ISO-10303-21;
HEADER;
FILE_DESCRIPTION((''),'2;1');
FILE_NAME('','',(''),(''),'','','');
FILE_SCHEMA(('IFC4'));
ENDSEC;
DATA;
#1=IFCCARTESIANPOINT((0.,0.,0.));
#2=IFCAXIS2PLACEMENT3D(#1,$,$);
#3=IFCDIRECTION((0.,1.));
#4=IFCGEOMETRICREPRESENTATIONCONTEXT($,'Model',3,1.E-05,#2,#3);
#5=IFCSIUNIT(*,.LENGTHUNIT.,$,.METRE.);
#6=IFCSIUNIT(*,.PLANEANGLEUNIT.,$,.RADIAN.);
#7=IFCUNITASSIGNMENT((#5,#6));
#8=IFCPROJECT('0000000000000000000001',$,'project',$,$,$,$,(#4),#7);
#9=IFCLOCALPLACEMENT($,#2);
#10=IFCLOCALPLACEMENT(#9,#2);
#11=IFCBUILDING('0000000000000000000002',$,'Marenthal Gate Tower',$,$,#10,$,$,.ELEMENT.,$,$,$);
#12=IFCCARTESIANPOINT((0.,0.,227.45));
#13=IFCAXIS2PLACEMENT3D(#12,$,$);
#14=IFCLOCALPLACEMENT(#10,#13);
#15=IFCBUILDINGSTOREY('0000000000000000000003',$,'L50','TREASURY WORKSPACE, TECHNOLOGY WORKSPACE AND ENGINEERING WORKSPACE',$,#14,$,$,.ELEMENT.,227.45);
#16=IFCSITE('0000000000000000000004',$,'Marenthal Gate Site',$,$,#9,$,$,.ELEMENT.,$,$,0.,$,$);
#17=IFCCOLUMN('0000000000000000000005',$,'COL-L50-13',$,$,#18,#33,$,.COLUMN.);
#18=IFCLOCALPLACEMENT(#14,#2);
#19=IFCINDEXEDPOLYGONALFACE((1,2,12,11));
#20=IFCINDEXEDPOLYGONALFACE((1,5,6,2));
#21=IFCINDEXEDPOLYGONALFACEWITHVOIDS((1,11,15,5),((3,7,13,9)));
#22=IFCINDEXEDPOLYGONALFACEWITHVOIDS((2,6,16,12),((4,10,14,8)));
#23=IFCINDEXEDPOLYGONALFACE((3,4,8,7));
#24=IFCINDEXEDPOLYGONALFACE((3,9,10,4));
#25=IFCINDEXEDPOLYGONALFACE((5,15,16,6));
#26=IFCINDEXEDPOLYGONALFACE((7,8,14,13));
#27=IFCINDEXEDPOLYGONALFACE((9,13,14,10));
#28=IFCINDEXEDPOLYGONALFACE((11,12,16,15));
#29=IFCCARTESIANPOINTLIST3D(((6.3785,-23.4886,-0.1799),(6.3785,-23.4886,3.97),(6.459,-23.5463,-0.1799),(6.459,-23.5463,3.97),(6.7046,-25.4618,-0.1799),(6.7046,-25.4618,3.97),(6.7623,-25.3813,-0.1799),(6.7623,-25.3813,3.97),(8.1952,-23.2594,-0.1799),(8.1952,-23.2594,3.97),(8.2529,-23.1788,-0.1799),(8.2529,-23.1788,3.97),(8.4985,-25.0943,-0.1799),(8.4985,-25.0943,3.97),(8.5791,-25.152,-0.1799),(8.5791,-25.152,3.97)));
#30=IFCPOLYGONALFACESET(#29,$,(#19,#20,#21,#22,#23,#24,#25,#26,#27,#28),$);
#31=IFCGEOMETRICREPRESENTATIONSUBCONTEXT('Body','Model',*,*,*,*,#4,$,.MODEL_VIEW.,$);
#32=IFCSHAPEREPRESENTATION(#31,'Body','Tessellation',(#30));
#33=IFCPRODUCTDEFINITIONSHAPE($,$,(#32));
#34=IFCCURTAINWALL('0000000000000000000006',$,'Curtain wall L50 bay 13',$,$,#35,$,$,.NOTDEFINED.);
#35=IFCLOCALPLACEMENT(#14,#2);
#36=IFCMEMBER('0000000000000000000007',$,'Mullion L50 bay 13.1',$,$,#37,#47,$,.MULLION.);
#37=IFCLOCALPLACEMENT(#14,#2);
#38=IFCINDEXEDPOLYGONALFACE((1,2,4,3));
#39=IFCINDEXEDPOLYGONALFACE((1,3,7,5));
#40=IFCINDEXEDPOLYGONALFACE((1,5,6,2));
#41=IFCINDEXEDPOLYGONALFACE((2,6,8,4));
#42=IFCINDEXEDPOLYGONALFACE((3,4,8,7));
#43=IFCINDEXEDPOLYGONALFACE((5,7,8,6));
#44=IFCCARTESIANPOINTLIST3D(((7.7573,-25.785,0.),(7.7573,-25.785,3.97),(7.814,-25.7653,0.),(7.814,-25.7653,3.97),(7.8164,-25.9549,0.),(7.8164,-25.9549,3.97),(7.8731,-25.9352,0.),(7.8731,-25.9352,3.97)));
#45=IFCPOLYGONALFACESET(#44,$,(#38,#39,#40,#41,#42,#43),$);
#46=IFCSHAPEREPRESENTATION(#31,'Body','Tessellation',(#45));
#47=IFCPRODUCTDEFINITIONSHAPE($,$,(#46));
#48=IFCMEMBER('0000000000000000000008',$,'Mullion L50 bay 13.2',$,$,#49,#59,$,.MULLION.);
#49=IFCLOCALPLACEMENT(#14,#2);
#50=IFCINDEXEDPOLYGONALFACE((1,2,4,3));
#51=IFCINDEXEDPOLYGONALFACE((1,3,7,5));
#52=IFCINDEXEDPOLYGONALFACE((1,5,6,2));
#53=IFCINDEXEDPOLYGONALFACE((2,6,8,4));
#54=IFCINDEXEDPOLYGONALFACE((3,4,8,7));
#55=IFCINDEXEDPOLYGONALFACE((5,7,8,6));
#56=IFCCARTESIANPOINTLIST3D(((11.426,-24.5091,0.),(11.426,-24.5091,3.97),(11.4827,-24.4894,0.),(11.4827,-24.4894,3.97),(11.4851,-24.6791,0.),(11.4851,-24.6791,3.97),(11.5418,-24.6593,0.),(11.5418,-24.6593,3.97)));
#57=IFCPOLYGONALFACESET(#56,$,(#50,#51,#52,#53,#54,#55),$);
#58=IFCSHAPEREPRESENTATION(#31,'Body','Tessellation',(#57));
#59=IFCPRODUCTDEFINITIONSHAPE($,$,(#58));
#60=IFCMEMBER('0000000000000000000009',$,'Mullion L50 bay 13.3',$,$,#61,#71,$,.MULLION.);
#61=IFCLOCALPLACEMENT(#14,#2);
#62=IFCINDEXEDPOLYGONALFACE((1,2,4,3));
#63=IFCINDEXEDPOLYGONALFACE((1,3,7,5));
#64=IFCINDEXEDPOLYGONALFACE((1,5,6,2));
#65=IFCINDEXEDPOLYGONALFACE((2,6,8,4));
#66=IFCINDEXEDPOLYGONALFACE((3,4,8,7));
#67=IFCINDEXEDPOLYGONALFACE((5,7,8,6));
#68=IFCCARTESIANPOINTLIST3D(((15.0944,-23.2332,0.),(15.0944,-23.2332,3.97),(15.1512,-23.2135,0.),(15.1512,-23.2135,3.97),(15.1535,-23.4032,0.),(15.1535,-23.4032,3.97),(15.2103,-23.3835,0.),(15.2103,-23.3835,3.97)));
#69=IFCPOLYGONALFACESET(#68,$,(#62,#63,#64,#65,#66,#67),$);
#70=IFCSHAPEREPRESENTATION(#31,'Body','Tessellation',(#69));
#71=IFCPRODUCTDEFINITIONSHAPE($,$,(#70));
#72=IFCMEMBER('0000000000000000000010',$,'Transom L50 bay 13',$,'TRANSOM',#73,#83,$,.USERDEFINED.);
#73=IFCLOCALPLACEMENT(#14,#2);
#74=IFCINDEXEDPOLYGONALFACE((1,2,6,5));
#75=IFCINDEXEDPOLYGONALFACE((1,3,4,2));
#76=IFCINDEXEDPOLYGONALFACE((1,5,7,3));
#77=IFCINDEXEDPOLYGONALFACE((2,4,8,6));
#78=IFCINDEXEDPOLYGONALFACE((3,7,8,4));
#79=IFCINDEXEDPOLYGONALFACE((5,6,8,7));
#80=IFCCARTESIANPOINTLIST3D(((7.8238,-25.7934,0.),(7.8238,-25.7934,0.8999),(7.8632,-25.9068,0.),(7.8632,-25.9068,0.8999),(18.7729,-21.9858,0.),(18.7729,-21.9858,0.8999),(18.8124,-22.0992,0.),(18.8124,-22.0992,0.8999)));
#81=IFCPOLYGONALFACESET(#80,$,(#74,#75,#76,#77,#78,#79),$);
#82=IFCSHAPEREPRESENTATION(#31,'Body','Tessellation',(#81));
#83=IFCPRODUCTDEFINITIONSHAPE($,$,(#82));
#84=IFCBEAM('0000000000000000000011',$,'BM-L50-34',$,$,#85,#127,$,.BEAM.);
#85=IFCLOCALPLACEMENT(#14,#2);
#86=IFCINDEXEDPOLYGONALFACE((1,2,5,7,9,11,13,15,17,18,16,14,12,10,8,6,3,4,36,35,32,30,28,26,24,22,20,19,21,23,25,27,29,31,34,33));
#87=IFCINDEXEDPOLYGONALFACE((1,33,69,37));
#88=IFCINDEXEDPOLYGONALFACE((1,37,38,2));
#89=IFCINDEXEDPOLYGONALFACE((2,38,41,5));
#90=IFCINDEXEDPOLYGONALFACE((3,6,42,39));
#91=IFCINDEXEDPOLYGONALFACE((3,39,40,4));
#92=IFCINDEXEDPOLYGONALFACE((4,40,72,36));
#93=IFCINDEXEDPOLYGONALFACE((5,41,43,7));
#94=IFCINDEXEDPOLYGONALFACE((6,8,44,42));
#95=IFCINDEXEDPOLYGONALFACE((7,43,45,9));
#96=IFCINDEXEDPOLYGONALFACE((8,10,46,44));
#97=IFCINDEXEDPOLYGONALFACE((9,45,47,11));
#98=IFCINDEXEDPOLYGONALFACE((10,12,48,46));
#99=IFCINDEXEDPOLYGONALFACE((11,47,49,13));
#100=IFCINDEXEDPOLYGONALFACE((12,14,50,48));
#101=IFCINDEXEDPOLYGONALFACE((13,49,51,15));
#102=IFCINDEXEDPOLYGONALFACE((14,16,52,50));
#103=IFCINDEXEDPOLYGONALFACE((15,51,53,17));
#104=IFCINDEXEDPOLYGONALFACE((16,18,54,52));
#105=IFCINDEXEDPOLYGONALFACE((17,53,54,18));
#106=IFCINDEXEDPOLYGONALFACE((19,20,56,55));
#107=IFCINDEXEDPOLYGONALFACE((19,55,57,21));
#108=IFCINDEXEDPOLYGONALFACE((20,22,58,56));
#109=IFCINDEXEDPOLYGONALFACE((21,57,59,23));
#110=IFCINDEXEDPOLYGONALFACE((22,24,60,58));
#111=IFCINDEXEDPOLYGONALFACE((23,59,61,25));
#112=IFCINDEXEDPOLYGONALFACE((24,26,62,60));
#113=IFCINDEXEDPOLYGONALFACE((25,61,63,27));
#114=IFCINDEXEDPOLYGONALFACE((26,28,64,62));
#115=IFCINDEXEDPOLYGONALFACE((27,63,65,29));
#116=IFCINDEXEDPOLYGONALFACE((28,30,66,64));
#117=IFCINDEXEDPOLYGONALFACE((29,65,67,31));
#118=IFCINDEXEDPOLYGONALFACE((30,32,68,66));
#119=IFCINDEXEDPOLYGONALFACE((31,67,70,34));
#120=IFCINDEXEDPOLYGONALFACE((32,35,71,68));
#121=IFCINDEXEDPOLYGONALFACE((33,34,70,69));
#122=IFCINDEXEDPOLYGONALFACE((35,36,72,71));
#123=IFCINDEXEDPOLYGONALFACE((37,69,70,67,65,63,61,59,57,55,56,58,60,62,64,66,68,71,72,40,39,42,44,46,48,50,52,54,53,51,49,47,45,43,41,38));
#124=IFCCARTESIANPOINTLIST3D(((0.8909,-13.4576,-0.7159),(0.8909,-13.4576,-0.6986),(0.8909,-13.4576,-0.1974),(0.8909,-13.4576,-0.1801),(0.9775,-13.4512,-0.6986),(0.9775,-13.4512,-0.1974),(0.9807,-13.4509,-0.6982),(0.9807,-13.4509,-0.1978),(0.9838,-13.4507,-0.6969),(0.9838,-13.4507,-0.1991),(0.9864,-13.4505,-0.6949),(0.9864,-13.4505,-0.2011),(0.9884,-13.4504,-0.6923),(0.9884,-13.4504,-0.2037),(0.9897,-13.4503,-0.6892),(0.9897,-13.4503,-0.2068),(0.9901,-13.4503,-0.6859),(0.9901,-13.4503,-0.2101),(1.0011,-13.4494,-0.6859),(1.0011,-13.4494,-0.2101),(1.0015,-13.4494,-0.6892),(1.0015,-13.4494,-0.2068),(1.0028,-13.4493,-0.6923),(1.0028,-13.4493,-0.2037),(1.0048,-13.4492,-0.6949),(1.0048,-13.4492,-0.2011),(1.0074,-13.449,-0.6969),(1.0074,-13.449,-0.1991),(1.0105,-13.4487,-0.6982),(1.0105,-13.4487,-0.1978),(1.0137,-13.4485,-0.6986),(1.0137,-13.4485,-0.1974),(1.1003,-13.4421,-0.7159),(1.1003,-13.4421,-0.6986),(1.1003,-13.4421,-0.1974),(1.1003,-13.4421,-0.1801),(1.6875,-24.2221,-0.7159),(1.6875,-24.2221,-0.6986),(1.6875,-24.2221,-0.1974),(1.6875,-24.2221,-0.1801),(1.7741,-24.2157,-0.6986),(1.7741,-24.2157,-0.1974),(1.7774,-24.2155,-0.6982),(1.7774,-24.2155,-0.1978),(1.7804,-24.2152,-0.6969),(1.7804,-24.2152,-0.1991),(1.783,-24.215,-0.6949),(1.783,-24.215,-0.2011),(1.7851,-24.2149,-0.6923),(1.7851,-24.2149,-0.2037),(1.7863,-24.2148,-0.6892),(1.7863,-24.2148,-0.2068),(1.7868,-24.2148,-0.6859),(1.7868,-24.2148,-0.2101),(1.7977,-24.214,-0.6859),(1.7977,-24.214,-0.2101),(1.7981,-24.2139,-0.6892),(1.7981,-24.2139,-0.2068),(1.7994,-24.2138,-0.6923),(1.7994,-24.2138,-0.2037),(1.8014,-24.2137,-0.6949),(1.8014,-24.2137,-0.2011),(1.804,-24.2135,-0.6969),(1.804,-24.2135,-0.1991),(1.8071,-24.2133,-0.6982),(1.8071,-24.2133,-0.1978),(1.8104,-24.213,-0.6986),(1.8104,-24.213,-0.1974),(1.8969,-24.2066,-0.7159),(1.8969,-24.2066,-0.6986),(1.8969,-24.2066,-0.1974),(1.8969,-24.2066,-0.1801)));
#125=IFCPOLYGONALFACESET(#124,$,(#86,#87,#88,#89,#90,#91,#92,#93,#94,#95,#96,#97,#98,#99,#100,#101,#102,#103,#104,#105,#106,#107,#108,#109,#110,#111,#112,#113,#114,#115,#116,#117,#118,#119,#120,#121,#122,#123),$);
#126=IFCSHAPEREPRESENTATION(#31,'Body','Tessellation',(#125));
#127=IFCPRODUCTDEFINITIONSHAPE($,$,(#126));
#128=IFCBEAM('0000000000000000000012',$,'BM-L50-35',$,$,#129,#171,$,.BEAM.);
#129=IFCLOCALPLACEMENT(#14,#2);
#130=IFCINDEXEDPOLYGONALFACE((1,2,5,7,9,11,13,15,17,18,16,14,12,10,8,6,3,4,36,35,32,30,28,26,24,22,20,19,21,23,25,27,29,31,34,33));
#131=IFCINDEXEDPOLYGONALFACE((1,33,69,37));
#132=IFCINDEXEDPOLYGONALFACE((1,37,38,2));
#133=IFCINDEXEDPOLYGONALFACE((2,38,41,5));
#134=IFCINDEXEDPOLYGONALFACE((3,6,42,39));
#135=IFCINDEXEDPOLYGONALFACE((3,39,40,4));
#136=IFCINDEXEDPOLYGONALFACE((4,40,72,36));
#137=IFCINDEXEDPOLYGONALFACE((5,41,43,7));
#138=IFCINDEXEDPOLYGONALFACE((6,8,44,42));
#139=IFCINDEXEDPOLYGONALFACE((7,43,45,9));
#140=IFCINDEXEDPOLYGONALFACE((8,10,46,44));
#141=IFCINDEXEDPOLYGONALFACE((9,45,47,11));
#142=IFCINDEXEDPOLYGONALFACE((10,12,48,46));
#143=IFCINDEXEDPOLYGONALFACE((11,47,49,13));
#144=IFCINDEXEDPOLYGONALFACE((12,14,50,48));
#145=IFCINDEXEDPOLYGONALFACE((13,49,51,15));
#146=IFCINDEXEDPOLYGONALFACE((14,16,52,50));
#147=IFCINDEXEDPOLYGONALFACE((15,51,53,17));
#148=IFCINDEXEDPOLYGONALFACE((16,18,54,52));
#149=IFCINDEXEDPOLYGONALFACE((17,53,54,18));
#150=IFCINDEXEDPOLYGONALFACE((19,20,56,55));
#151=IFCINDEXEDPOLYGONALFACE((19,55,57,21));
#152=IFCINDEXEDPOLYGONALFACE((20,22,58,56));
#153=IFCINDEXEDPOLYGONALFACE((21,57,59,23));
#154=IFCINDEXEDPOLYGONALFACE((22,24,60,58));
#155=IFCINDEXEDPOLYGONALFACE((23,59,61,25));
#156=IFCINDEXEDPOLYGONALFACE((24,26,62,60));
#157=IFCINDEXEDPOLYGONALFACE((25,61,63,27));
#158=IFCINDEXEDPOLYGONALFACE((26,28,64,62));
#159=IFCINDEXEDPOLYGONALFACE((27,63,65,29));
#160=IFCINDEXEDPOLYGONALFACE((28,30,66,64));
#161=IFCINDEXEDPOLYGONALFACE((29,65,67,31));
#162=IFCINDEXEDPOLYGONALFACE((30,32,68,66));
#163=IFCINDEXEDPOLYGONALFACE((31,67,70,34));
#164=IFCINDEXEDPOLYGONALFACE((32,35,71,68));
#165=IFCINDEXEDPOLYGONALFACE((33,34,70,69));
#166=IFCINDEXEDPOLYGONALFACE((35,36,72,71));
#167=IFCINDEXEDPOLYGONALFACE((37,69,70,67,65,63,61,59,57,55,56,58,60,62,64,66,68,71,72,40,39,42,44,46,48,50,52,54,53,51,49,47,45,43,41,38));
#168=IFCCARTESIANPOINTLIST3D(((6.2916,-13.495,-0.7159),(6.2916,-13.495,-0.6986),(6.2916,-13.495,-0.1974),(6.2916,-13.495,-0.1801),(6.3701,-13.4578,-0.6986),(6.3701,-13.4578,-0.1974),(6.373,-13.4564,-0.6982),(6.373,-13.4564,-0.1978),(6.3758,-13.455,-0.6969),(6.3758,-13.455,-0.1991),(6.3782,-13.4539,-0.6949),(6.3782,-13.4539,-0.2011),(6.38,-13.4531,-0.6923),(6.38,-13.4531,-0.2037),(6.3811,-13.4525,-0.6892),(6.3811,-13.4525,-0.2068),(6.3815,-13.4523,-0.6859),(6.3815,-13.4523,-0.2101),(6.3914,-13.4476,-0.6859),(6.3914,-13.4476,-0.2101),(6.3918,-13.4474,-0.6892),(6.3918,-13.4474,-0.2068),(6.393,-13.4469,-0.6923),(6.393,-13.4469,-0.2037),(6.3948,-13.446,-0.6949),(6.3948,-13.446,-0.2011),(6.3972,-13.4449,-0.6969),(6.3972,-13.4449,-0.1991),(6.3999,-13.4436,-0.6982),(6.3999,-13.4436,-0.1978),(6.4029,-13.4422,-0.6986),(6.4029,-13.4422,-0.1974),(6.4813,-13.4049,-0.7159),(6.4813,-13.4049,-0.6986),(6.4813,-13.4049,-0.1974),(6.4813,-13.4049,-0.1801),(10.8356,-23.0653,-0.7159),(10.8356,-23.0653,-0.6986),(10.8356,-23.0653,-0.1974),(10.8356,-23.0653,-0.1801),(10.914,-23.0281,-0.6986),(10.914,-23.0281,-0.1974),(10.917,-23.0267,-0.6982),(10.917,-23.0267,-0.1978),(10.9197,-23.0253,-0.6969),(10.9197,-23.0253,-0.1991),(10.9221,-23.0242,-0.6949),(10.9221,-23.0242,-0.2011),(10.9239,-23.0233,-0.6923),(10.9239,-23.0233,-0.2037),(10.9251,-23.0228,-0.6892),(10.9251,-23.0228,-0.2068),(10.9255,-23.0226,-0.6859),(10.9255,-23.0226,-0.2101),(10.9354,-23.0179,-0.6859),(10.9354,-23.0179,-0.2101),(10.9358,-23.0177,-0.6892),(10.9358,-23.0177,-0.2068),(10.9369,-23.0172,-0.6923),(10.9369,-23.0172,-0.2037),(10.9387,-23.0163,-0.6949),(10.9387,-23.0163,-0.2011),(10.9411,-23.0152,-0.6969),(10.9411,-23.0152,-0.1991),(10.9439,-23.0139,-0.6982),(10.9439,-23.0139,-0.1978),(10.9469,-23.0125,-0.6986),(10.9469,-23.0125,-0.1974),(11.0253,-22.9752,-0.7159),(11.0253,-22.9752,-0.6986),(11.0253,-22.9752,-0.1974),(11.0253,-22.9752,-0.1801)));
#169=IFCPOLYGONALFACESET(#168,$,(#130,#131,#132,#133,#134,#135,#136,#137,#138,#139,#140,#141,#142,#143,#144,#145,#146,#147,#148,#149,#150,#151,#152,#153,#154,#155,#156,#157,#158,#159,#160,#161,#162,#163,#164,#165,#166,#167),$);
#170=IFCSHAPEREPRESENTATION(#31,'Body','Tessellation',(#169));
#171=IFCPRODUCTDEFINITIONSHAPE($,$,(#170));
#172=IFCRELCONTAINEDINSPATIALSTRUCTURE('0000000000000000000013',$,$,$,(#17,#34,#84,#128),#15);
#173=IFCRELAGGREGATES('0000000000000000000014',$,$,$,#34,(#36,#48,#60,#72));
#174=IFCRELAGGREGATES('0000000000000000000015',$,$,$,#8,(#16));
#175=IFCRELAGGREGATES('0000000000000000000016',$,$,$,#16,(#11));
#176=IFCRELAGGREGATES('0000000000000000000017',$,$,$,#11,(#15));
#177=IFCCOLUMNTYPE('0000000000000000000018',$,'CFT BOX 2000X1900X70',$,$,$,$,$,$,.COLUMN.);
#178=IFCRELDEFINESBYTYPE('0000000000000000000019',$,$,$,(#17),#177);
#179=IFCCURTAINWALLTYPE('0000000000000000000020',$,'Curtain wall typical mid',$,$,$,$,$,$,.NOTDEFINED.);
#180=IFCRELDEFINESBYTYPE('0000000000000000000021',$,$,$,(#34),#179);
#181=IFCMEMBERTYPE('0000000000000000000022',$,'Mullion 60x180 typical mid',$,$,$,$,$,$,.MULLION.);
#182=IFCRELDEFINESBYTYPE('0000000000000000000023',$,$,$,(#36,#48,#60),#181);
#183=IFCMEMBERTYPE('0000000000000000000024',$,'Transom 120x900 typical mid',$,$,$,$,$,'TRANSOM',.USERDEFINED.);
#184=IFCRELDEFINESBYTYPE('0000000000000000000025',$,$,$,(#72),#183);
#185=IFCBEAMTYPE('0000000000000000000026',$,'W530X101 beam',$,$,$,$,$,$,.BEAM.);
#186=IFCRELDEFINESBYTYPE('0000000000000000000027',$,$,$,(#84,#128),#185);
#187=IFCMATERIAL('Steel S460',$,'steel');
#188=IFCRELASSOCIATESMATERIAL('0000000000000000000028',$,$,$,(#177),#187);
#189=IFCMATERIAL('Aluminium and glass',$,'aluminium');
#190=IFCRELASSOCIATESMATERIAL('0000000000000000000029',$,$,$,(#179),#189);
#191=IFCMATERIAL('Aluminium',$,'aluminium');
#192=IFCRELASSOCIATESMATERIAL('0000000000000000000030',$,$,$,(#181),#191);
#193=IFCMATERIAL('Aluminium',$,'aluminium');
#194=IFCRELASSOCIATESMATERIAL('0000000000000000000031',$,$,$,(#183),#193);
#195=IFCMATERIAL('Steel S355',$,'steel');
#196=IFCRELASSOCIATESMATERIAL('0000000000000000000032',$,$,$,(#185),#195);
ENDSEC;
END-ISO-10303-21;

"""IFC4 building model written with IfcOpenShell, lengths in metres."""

from ifc_helpers import new_model, si_unit, direction, frame, origin, origin_2d, place, context, subcontext, project, spatial, rectangle, hollow_rectangle, i_section, extrude, material, material_profile, profile_set, type_object, element, aggregate, save


model = new_model("IFC4")

# Units and contexts
model_context = context("Model", 3, precision=1e-05, world=origin(), true_north=direction((0.0, 1.0)))
body_context = subcontext(model_context, "Body", "Model", "MODEL_VIEW")
ifc_project = project(units=[si_unit("LENGTHUNIT", "METRE"), si_unit("PLANEANGLEUNIT", "RADIAN")], contexts=[model_context])

# Site, building, storey
site_placement = place(None, origin())
site = spatial("IfcSite", under=ifc_project, at=site_placement, Name="Marenthal Gate Site", CompositionType="ELEMENT", RefElevation=0.0)
building_placement = place(site_placement, origin())
building = spatial("IfcBuilding", under=site, at=building_placement, Name="Marenthal Gate Tower", CompositionType="ELEMENT")
storey_placement = place(building_placement, frame((0.0, 0.0, 227.45)))
storey = spatial("IfcBuildingStorey", under=building, at=storey_placement, Name="L50", Description="TREASURY WORKSPACE, TECHNOLOGY WORKSPACE AND ENGINEERING WORKSPACE", CompositionType="ELEMENT", Elevation=227.45)

# Column
ifc_material_1 = material(Name="Steel S460", Category="steel")
ifc_material_profile_1 = material_profile(ifc_material_1, hollow_rectangle(XDim=1.8999, YDim=2.0, WallThickness=0.0701, at=origin_2d()), Name="CFT BOX 2000X1900X70")
ifc_material_2 = material(Name="Concrete 70 MPa", Category="concrete")
ifc_material_profile_2 = material_profile(ifc_material_2, rectangle(XDim=1.76, YDim=1.8601, at=origin_2d()), Name="CFT BOX 2000X1900X70 INFILL")
ifc_profile_set_1 = profile_set([ifc_material_profile_1, ifc_material_profile_2], Name="Steel S460 shell, Concrete 70 MPa infill")
column_type = type_object("IfcColumnType", Name="CFT BOX 2000X1900X70", PredefinedType="COLUMN", material=ifc_profile_set_1)
column_placement = place(storey_placement, frame((7.4788, -24.3203, -0.1799), z_axis=(0.0, 0.0, 1.0), x_axis=(-0.986616, -0.163059, 0.0)))
element("IfcColumn", 1, at=column_placement, inside=storey, type_object=column_type, Name="COL-L50-13", PredefinedType="COLUMN", context=body_context, shape_type="SweptSolid", body=[
    extrude(hollow_rectangle(XDim=1.8999, YDim=2.0, WallThickness=0.0701, at=origin_2d()), origin(), (0.0, 0.0, 1.0), 4.1499),
])

# Curtain wall, members
ifc_material_3 = material(Name="Aluminium and glass", Category="aluminium")
curtain_wall_type = type_object("IfcCurtainWallType", Name="Curtain wall typical mid", PredefinedType="NOTDEFINED", material=ifc_material_3)
curtain_wall_placement = place(storey_placement, origin())
curtain_wall = element("IfcCurtainWall", 2, at=curtain_wall_placement, inside=storey, type_object=curtain_wall_type, Name="Curtain wall L50 bay 13", PredefinedType="NOTDEFINED")
ifc_material_4 = material(Name="Aluminium", Category="aluminium")
ifc_material_profile_3 = material_profile(ifc_material_4, rectangle(XDim=0.1799, YDim=0.0601, at=origin_2d()), Name="60x180 aluminium mullion")
ifc_profile_set_2 = profile_set([ifc_material_profile_3], Name="Aluminium")
member_type_1 = type_object("IfcMemberType", Name="Mullion 60x180 typical mid", PredefinedType="MULLION", material=ifc_profile_set_2)
member_1_placement = place(storey_placement, frame((7.8152, -25.8601, 0.0), z_axis=(0.0, 0.0, 1.0), x_axis=(-0.328468, 0.944515, 0.0)))
member_1 = element("IfcMember", 3, at=member_1_placement, type_object=member_type_1, Name="Mullion L50 bay 13.1", PredefinedType="MULLION", context=body_context, shape_type="SweptSolid", body=[
    extrude(rectangle(XDim=0.1799, YDim=0.0601, at=origin_2d()), origin(), (0.0, 0.0, 1.0), 3.97),
])
member_2_placement = place(storey_placement, frame((11.4839, -24.5842, 0.0), z_axis=(0.0, 0.0, 1.0), x_axis=(-0.328468, 0.944515, 0.0)))
member_2 = element("IfcMember", 4, at=member_2_placement, type_object=member_type_1, Name="Mullion L50 bay 13.2", PredefinedType="MULLION", context=body_context, shape_type="SweptSolid", body=[
    extrude(rectangle(XDim=0.1799, YDim=0.0601, at=origin_2d()), origin(), (0.0, 0.0, 1.0), 3.97),
])
member_3_placement = place(storey_placement, frame((15.1523, -23.3083, 0.0), z_axis=(0.0, 0.0, 1.0), x_axis=(-0.328468, 0.944515, 0.0)))
member_3 = element("IfcMember", 5, at=member_3_placement, type_object=member_type_1, Name="Mullion L50 bay 13.3", PredefinedType="MULLION", context=body_context, shape_type="SweptSolid", body=[
    extrude(rectangle(XDim=0.1799, YDim=0.0601, at=origin_2d()), origin(), (0.0, 0.0, 1.0), 3.97),
])
ifc_material_5 = material(Name="Aluminium", Category="aluminium")
ifc_material_profile_4 = material_profile(ifc_material_5, rectangle(XDim=0.1201, YDim=0.8999, at=origin_2d()), Name="120x900 aluminium transom")
ifc_profile_set_3 = profile_set([ifc_material_profile_4], Name="Aluminium")
member_type_2 = type_object("IfcMemberType", Name="Transom 120x900 typical mid", ElementType="TRANSOM", PredefinedType="USERDEFINED", material=ifc_profile_set_3)
member_4_placement = place(storey_placement, frame((7.8435, -25.8501, 0.45), z_axis=(0.944518, 0.328459, 0.0), x_axis=(-0.328459, 0.944518, 0.0)))
member_4 = element("IfcMember", 6, at=member_4_placement, type_object=member_type_2, Name="Transom L50 bay 13", ObjectType="TRANSOM", PredefinedType="USERDEFINED", context=body_context, shape_type="SweptSolid", body=[
    extrude(rectangle(XDim=0.1201, YDim=0.8999, at=origin_2d()), origin(), (0.0, 0.0, 1.0), 11.5923),
])

# Beams
ifc_material_6 = material(Name="Steel S355", Category="steel")
ifc_material_profile_5 = material_profile(ifc_material_6, i_section(OverallWidth=0.21, OverallDepth=0.5359, WebThickness=0.011, FlangeThickness=0.0173, FilletRadius=0.0127, at=origin_2d()), Name="W530X101")
ifc_profile_set_4 = profile_set([ifc_material_profile_5], Name="Steel S355")
beam_type_1 = type_object("IfcBeamType", Name="W530X101 beam", PredefinedType="BEAM", material=ifc_profile_set_4)
beam_1_placement = place(storey_placement, frame((1.7922, -24.2144, -0.448), z_axis=(-0.073804, 0.997273, 0.0), x_axis=(-0.997273, -0.073804, 0.0)))
element("IfcBeam", 7, at=beam_1_placement, inside=storey, type_object=beam_type_1, Name="BM-L50-34", PredefinedType="BEAM", context=body_context, shape_type="SweptSolid", body=[
    extrude(i_section(OverallWidth=0.21, OverallDepth=0.5359, WebThickness=0.011, FlangeThickness=0.0173, FilletRadius=0.0127, at=origin_2d()), origin(), (0.0, 0.0, 1.0), 10.7939),
])
beam_2_placement = place(storey_placement, frame((10.9304, -23.0203, -0.448), z_axis=(-0.428906, 0.903349, 0.0), x_axis=(-0.903349, -0.428906, 0.0)))
element("IfcBeam", 8, at=beam_2_placement, inside=storey, type_object=beam_type_1, Name="BM-L50-35", PredefinedType="BEAM", context=body_context, shape_type="SweptSolid", body=[
    extrude(i_section(OverallWidth=0.21, OverallDepth=0.5359, WebThickness=0.011, FlangeThickness=0.0173, FilletRadius=0.0127, at=origin_2d()), origin(), (0.0, 0.0, 1.0), 10.5942),
])

aggregate(curtain_wall, [member_1, member_2, member_3, member_4])

save(model, "model.ifc")
